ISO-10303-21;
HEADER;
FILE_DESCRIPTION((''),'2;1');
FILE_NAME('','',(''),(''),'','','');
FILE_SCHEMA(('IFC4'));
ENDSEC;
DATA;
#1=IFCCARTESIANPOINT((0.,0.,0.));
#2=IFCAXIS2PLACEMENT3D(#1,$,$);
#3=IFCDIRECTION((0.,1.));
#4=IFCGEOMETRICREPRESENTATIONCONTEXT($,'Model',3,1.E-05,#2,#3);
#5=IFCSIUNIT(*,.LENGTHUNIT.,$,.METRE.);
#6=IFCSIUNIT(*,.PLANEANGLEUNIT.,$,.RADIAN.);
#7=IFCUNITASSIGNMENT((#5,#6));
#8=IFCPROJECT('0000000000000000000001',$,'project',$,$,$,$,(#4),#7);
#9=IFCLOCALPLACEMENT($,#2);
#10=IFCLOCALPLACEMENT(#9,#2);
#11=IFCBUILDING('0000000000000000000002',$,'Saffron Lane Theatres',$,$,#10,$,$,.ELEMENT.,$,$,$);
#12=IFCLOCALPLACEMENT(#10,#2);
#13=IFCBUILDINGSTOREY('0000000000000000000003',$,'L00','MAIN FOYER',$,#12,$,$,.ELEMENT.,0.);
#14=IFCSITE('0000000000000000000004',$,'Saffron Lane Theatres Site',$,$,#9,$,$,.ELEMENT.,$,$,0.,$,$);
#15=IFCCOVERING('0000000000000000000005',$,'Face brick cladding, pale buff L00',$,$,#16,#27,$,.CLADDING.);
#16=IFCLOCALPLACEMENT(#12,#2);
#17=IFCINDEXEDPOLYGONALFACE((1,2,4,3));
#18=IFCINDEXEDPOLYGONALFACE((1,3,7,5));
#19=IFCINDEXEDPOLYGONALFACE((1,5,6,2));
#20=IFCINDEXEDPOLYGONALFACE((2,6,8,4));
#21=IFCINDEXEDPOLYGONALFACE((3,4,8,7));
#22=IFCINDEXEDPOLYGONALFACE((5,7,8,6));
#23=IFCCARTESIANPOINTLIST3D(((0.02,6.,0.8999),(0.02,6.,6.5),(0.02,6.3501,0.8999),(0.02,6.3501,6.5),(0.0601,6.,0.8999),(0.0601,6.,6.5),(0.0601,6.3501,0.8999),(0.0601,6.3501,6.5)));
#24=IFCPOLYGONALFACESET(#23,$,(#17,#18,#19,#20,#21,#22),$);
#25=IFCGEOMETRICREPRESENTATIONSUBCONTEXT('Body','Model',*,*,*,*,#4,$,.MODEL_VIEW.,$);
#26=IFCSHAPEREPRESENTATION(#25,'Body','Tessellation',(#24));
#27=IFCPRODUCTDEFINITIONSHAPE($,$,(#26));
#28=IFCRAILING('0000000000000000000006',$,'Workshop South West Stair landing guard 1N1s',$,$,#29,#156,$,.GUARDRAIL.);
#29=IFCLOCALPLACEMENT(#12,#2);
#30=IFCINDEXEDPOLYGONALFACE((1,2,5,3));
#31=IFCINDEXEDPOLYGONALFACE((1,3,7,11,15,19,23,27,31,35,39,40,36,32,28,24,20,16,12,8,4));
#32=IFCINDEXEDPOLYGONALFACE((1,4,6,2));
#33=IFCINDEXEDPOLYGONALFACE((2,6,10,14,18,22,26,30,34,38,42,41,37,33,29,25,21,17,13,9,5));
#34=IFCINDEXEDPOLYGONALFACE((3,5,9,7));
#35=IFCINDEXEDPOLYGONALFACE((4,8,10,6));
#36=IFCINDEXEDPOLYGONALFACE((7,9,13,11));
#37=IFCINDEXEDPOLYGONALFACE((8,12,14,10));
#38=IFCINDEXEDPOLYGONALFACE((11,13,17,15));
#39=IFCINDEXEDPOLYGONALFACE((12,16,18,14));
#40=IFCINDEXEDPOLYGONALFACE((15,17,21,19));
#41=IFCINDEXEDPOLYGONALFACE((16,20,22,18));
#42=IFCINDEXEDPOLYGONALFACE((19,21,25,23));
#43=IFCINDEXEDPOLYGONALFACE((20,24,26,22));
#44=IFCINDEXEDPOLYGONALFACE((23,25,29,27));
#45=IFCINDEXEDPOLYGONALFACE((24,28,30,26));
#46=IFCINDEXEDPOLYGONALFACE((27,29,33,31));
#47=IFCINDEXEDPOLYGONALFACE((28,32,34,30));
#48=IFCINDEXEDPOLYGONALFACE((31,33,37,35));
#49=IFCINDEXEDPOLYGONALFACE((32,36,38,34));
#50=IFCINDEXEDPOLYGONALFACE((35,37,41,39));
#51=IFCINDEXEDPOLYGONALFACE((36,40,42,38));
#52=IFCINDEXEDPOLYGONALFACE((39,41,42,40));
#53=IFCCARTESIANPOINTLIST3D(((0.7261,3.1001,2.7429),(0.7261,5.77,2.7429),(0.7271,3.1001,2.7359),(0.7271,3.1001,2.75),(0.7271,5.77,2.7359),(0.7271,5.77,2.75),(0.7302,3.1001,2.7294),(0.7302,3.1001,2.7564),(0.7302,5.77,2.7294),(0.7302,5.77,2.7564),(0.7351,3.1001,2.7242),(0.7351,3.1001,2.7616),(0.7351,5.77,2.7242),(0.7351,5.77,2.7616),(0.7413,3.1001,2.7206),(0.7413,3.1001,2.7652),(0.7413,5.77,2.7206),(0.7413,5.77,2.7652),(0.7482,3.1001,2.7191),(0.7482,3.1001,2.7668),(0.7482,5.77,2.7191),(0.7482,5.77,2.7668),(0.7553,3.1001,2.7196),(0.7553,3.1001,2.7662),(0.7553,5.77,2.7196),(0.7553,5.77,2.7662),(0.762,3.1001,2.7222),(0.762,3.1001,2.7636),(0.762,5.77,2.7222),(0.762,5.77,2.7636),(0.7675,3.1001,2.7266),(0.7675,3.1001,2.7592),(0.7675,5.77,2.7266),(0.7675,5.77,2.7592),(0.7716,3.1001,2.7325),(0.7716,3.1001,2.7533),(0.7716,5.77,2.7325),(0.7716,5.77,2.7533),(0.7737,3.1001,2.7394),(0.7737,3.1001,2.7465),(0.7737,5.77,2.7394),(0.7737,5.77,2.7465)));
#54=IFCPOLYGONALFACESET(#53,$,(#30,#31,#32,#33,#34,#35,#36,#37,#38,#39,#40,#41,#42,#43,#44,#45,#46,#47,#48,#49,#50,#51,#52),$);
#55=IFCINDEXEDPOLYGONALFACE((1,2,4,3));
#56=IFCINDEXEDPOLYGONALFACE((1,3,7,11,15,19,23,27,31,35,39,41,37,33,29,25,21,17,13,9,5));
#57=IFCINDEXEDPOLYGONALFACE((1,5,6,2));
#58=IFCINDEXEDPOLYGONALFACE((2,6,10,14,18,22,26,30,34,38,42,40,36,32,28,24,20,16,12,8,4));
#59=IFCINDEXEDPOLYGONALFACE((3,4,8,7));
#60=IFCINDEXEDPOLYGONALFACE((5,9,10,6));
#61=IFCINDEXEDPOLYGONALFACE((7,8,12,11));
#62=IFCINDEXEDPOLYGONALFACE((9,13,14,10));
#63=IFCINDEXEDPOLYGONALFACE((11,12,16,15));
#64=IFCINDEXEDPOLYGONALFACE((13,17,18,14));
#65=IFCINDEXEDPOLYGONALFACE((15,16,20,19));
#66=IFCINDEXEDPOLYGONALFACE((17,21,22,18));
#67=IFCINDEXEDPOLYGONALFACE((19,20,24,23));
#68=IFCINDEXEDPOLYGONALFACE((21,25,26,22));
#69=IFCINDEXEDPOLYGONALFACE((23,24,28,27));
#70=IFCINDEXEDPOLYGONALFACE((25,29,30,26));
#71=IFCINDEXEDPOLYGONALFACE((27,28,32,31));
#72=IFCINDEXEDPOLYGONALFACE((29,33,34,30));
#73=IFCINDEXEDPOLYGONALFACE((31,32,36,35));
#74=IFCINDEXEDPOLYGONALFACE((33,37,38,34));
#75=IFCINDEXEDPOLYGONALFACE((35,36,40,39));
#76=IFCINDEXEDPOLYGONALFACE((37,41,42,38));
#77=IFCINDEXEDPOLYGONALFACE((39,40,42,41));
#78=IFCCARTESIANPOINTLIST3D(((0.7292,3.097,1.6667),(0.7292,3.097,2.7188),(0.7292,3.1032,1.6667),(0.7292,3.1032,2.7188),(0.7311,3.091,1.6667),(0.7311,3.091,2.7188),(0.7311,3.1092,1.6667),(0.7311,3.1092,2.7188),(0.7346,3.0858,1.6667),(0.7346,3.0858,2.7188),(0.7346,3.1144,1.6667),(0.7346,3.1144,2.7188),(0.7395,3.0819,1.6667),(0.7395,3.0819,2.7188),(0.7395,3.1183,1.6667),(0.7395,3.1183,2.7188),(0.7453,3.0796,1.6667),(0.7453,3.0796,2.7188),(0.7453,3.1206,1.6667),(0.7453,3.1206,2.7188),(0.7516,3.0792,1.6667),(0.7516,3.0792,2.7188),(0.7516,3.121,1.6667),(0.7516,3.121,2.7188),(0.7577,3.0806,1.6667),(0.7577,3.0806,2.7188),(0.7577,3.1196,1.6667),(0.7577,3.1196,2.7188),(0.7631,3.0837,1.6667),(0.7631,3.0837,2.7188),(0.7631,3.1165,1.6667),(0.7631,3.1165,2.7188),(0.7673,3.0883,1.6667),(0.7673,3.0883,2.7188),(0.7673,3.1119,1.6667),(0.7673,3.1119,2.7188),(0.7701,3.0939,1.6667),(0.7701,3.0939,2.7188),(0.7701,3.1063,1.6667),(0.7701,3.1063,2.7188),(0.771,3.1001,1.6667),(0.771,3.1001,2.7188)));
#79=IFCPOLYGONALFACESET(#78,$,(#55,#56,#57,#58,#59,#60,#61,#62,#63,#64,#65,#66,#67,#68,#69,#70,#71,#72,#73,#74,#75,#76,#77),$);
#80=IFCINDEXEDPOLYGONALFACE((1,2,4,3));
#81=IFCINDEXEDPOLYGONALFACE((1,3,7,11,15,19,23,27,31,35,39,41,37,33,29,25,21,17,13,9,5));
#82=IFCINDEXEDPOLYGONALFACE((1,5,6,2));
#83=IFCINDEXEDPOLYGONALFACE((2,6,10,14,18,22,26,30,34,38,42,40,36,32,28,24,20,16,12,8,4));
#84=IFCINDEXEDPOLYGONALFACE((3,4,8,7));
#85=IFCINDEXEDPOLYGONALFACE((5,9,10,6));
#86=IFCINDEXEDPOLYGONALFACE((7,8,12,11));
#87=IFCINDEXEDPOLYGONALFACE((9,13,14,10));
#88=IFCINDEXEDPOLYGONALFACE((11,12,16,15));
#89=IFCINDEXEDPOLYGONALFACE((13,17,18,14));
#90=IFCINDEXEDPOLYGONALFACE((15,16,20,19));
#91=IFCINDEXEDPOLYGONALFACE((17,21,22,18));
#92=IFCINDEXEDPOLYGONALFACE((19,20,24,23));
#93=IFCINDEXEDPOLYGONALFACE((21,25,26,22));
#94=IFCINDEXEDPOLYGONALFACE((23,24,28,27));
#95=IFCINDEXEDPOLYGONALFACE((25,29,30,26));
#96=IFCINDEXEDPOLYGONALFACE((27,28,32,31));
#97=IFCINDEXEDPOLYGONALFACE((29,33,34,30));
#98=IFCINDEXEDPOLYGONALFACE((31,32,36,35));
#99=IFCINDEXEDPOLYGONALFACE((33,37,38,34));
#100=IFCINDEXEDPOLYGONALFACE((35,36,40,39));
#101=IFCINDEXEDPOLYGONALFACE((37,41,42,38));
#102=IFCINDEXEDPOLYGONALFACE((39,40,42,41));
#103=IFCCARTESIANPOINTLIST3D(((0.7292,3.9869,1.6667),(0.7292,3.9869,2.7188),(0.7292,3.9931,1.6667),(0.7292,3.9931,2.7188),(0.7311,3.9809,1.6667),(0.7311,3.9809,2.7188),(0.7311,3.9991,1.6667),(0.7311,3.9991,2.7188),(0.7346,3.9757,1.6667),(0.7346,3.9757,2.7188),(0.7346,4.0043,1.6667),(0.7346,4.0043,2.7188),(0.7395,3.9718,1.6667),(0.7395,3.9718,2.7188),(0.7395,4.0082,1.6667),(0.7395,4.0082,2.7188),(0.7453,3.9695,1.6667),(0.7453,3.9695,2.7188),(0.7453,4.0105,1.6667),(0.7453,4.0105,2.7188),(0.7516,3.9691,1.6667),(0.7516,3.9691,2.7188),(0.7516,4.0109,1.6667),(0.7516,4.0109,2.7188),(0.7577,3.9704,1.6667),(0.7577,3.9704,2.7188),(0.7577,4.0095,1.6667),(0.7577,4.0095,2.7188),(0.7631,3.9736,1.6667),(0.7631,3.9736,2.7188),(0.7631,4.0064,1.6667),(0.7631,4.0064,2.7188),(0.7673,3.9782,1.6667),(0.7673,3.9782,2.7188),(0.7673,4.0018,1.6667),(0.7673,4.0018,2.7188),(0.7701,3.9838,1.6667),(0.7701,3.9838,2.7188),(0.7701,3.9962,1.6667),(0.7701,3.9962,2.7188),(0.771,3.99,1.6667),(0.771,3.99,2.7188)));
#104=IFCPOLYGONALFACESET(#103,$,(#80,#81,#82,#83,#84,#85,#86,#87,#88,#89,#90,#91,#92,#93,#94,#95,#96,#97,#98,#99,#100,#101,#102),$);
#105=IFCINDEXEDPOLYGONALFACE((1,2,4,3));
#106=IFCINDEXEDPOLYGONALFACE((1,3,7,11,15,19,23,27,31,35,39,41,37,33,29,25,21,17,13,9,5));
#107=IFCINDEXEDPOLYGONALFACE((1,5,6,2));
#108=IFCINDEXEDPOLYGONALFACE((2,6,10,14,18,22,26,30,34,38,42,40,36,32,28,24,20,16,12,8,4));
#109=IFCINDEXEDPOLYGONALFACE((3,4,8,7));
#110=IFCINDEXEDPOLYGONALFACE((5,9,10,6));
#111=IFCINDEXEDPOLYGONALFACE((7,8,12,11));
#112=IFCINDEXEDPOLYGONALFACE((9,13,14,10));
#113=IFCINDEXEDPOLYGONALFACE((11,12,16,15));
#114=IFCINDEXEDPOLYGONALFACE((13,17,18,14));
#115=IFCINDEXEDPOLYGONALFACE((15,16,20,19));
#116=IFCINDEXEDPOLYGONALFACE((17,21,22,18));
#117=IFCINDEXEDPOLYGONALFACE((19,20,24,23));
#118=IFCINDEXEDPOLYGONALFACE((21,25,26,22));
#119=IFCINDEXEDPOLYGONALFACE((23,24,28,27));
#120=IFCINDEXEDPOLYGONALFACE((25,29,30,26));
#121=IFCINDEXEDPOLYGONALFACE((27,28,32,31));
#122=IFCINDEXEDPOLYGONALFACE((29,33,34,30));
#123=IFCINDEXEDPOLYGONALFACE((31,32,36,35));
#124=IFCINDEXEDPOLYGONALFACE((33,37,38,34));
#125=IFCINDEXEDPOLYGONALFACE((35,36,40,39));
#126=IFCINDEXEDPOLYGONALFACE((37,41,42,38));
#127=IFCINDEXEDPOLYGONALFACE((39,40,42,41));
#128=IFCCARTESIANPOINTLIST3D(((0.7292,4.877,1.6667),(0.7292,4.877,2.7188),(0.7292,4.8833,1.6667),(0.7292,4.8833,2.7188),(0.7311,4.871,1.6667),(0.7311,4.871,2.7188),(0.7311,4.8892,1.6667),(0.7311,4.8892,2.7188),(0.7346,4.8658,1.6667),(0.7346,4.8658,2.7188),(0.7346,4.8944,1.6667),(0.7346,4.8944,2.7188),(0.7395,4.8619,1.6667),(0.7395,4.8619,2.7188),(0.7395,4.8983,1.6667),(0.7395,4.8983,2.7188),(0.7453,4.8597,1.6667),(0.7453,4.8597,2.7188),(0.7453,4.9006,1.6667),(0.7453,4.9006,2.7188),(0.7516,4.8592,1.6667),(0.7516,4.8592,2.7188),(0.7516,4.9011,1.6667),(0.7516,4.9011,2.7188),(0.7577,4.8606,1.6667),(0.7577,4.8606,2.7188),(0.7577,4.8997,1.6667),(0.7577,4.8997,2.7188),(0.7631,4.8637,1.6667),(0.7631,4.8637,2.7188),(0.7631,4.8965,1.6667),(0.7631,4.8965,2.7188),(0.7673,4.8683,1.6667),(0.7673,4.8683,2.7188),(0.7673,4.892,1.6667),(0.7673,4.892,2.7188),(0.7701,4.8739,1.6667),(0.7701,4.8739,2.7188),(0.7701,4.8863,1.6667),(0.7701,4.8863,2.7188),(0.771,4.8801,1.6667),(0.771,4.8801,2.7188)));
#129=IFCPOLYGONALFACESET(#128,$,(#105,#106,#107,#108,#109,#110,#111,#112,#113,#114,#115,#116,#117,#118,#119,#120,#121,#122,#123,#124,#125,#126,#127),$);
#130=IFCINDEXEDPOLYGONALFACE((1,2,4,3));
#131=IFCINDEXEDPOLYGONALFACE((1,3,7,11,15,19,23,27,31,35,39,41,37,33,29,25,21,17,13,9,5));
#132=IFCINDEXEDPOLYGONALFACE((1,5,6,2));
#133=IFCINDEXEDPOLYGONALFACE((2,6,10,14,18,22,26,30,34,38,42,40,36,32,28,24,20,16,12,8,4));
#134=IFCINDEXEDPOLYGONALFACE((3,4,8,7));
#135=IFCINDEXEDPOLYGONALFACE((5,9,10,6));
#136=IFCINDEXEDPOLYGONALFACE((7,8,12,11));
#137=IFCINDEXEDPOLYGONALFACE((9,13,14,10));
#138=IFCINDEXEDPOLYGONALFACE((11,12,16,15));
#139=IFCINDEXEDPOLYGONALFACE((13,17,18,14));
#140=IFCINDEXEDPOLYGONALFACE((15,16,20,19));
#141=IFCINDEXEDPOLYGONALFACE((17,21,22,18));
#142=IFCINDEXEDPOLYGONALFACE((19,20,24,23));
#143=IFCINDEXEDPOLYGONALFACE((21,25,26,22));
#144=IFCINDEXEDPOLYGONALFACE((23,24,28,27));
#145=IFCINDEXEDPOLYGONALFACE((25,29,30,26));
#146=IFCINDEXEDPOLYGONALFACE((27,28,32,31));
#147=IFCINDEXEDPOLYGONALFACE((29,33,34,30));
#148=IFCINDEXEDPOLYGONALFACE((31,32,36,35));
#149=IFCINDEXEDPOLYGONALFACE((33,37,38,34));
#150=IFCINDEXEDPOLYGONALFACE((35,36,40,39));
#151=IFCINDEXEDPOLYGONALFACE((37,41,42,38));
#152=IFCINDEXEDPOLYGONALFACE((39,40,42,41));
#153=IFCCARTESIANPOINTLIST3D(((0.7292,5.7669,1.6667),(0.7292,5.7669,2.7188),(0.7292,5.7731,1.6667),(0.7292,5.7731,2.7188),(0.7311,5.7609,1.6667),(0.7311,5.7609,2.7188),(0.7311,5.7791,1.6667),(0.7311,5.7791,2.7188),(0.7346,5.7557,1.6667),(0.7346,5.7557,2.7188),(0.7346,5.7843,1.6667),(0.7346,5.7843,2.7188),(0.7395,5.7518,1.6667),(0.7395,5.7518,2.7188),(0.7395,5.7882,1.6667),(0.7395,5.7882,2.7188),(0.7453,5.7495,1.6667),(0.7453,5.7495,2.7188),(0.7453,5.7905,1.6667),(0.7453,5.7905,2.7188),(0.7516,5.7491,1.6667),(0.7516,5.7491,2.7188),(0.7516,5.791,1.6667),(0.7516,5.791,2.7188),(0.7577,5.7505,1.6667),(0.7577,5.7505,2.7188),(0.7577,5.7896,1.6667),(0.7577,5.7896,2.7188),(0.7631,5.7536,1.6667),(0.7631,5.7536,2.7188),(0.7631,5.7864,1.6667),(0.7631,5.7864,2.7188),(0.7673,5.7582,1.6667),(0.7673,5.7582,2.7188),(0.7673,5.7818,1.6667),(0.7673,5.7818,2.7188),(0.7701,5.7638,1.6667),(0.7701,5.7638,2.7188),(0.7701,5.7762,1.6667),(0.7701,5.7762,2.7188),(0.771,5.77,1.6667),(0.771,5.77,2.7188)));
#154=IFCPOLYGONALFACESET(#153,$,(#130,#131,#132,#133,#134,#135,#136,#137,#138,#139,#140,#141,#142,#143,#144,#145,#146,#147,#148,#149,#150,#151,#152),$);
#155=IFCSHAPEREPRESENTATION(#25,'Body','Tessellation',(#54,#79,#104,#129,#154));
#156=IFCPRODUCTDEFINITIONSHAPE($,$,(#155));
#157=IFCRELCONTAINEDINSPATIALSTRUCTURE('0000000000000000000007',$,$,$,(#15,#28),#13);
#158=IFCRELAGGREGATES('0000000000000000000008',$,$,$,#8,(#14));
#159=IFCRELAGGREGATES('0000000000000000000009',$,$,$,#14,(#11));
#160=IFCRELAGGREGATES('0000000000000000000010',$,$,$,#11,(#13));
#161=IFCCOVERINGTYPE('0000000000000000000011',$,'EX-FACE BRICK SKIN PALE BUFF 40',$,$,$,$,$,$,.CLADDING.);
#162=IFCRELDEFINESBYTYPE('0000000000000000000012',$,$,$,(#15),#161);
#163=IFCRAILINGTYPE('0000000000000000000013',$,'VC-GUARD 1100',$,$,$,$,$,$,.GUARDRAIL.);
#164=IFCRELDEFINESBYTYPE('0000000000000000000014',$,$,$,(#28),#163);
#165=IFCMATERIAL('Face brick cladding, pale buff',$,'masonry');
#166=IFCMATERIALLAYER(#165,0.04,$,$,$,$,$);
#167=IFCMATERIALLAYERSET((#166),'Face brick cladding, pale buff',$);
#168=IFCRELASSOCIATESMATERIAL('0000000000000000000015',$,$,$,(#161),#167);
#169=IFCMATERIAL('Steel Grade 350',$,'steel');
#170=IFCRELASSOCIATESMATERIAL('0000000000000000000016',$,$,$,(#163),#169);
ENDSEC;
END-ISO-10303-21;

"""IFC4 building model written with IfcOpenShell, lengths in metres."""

from ifc_helpers import new_model, si_unit, direction, frame, origin, origin_2d, place, context, subcontext, project, spatial, rectangle, circle, extrude, material, layer, layer_set, type_object, element, save


model = new_model("IFC4")

# Units and contexts
model_context = context("Model", 3, precision=1e-05, world=origin(), true_north=direction((0.0, 1.0)))
body_context = subcontext(model_context, "Body", "Model", "MODEL_VIEW")
ifc_project = project(units=[si_unit("LENGTHUNIT", "METRE"), si_unit("PLANEANGLEUNIT", "RADIAN")], contexts=[model_context])

# Site, building, storey
site_placement = place(None, origin())
site = spatial("IfcSite", under=ifc_project, at=site_placement, Name="Saffron Lane Theatres Site", CompositionType="ELEMENT", RefElevation=0.0)
building_placement = place(site_placement, origin())
building = spatial("IfcBuilding", under=site, at=building_placement, Name="Saffron Lane Theatres", CompositionType="ELEMENT")
storey_placement = place(building_placement, origin())
storey = spatial("IfcBuildingStorey", under=building, at=storey_placement, Name="L00", Description="MAIN FOYER", CompositionType="ELEMENT", Elevation=0.0)

# Covering
ifc_material_1 = material(Name="Face brick cladding, pale buff", Category="masonry")
ifc_layer_1 = layer(ifc_material_1, 0.04)
ifc_layer_set_1 = layer_set([ifc_layer_1], Name="Face brick cladding, pale buff")
covering_type = type_object("IfcCoveringType", Name="EX-FACE BRICK SKIN PALE BUFF 40", PredefinedType="CLADDING", material=ifc_layer_set_1)
covering_placement = place(storey_placement, frame((0.04, 6.175, 0.8999), z_axis=(0.0, 0.0, 1.0), x_axis=(0.0, 1.0, 0.0)))
element("IfcCovering", 1, at=covering_placement, inside=storey, type_object=covering_type, Name="Face brick cladding, pale buff L00", PredefinedType="CLADDING", context=body_context, shape_type="SweptSolid", body=[
    extrude(rectangle(XDim=0.3501, YDim=0.04, at=origin_2d()), origin(), (0.0, 0.0, 1.0), 5.6001),
])

# Railing
ifc_material_2 = material(Name="Steel Grade 350", Category="steel")
railing_type_1 = type_object("IfcRailingType", Name="VC-GUARD 1100", PredefinedType="GUARDRAIL", material=ifc_material_2)
railing_1_placement = place(storey_placement, frame((0.75, 3.1001, 1.6667)))
element("IfcRailing", 2, at=railing_1_placement, inside=storey, type_object=railing_type_1, Name="Workshop South West Stair landing guard 1N1s", PredefinedType="GUARDRAIL", context=body_context, shape_type="SweptSolid", body=[
    extrude(circle(Radius=0.0239, at=origin_2d()), frame((0.0, 0.0, 1.0762), z_axis=(0.0, 1.0, 0.0), x_axis=(-1.0, 0.0, 0.0)), (0.0, 0.0, 1.0), 2.6699),
    extrude(circle(Radius=0.021, at=origin_2d()), origin(), (0.0, 0.0, 1.0), 1.052),
    extrude(circle(Radius=0.021, at=origin_2d()), frame((0.0, 0.8899, 0.0)), (0.0, 0.0, 1.0), 1.052),
    extrude(circle(Radius=0.021, at=origin_2d()), frame((0.0, 1.78, 0.0)), (0.0, 0.0, 1.0), 1.052),
    extrude(circle(Radius=0.021, at=origin_2d()), frame((0.0, 2.6699, 0.0)), (0.0, 0.0, 1.0), 1.052),
])

save(model, "model.ifc")
